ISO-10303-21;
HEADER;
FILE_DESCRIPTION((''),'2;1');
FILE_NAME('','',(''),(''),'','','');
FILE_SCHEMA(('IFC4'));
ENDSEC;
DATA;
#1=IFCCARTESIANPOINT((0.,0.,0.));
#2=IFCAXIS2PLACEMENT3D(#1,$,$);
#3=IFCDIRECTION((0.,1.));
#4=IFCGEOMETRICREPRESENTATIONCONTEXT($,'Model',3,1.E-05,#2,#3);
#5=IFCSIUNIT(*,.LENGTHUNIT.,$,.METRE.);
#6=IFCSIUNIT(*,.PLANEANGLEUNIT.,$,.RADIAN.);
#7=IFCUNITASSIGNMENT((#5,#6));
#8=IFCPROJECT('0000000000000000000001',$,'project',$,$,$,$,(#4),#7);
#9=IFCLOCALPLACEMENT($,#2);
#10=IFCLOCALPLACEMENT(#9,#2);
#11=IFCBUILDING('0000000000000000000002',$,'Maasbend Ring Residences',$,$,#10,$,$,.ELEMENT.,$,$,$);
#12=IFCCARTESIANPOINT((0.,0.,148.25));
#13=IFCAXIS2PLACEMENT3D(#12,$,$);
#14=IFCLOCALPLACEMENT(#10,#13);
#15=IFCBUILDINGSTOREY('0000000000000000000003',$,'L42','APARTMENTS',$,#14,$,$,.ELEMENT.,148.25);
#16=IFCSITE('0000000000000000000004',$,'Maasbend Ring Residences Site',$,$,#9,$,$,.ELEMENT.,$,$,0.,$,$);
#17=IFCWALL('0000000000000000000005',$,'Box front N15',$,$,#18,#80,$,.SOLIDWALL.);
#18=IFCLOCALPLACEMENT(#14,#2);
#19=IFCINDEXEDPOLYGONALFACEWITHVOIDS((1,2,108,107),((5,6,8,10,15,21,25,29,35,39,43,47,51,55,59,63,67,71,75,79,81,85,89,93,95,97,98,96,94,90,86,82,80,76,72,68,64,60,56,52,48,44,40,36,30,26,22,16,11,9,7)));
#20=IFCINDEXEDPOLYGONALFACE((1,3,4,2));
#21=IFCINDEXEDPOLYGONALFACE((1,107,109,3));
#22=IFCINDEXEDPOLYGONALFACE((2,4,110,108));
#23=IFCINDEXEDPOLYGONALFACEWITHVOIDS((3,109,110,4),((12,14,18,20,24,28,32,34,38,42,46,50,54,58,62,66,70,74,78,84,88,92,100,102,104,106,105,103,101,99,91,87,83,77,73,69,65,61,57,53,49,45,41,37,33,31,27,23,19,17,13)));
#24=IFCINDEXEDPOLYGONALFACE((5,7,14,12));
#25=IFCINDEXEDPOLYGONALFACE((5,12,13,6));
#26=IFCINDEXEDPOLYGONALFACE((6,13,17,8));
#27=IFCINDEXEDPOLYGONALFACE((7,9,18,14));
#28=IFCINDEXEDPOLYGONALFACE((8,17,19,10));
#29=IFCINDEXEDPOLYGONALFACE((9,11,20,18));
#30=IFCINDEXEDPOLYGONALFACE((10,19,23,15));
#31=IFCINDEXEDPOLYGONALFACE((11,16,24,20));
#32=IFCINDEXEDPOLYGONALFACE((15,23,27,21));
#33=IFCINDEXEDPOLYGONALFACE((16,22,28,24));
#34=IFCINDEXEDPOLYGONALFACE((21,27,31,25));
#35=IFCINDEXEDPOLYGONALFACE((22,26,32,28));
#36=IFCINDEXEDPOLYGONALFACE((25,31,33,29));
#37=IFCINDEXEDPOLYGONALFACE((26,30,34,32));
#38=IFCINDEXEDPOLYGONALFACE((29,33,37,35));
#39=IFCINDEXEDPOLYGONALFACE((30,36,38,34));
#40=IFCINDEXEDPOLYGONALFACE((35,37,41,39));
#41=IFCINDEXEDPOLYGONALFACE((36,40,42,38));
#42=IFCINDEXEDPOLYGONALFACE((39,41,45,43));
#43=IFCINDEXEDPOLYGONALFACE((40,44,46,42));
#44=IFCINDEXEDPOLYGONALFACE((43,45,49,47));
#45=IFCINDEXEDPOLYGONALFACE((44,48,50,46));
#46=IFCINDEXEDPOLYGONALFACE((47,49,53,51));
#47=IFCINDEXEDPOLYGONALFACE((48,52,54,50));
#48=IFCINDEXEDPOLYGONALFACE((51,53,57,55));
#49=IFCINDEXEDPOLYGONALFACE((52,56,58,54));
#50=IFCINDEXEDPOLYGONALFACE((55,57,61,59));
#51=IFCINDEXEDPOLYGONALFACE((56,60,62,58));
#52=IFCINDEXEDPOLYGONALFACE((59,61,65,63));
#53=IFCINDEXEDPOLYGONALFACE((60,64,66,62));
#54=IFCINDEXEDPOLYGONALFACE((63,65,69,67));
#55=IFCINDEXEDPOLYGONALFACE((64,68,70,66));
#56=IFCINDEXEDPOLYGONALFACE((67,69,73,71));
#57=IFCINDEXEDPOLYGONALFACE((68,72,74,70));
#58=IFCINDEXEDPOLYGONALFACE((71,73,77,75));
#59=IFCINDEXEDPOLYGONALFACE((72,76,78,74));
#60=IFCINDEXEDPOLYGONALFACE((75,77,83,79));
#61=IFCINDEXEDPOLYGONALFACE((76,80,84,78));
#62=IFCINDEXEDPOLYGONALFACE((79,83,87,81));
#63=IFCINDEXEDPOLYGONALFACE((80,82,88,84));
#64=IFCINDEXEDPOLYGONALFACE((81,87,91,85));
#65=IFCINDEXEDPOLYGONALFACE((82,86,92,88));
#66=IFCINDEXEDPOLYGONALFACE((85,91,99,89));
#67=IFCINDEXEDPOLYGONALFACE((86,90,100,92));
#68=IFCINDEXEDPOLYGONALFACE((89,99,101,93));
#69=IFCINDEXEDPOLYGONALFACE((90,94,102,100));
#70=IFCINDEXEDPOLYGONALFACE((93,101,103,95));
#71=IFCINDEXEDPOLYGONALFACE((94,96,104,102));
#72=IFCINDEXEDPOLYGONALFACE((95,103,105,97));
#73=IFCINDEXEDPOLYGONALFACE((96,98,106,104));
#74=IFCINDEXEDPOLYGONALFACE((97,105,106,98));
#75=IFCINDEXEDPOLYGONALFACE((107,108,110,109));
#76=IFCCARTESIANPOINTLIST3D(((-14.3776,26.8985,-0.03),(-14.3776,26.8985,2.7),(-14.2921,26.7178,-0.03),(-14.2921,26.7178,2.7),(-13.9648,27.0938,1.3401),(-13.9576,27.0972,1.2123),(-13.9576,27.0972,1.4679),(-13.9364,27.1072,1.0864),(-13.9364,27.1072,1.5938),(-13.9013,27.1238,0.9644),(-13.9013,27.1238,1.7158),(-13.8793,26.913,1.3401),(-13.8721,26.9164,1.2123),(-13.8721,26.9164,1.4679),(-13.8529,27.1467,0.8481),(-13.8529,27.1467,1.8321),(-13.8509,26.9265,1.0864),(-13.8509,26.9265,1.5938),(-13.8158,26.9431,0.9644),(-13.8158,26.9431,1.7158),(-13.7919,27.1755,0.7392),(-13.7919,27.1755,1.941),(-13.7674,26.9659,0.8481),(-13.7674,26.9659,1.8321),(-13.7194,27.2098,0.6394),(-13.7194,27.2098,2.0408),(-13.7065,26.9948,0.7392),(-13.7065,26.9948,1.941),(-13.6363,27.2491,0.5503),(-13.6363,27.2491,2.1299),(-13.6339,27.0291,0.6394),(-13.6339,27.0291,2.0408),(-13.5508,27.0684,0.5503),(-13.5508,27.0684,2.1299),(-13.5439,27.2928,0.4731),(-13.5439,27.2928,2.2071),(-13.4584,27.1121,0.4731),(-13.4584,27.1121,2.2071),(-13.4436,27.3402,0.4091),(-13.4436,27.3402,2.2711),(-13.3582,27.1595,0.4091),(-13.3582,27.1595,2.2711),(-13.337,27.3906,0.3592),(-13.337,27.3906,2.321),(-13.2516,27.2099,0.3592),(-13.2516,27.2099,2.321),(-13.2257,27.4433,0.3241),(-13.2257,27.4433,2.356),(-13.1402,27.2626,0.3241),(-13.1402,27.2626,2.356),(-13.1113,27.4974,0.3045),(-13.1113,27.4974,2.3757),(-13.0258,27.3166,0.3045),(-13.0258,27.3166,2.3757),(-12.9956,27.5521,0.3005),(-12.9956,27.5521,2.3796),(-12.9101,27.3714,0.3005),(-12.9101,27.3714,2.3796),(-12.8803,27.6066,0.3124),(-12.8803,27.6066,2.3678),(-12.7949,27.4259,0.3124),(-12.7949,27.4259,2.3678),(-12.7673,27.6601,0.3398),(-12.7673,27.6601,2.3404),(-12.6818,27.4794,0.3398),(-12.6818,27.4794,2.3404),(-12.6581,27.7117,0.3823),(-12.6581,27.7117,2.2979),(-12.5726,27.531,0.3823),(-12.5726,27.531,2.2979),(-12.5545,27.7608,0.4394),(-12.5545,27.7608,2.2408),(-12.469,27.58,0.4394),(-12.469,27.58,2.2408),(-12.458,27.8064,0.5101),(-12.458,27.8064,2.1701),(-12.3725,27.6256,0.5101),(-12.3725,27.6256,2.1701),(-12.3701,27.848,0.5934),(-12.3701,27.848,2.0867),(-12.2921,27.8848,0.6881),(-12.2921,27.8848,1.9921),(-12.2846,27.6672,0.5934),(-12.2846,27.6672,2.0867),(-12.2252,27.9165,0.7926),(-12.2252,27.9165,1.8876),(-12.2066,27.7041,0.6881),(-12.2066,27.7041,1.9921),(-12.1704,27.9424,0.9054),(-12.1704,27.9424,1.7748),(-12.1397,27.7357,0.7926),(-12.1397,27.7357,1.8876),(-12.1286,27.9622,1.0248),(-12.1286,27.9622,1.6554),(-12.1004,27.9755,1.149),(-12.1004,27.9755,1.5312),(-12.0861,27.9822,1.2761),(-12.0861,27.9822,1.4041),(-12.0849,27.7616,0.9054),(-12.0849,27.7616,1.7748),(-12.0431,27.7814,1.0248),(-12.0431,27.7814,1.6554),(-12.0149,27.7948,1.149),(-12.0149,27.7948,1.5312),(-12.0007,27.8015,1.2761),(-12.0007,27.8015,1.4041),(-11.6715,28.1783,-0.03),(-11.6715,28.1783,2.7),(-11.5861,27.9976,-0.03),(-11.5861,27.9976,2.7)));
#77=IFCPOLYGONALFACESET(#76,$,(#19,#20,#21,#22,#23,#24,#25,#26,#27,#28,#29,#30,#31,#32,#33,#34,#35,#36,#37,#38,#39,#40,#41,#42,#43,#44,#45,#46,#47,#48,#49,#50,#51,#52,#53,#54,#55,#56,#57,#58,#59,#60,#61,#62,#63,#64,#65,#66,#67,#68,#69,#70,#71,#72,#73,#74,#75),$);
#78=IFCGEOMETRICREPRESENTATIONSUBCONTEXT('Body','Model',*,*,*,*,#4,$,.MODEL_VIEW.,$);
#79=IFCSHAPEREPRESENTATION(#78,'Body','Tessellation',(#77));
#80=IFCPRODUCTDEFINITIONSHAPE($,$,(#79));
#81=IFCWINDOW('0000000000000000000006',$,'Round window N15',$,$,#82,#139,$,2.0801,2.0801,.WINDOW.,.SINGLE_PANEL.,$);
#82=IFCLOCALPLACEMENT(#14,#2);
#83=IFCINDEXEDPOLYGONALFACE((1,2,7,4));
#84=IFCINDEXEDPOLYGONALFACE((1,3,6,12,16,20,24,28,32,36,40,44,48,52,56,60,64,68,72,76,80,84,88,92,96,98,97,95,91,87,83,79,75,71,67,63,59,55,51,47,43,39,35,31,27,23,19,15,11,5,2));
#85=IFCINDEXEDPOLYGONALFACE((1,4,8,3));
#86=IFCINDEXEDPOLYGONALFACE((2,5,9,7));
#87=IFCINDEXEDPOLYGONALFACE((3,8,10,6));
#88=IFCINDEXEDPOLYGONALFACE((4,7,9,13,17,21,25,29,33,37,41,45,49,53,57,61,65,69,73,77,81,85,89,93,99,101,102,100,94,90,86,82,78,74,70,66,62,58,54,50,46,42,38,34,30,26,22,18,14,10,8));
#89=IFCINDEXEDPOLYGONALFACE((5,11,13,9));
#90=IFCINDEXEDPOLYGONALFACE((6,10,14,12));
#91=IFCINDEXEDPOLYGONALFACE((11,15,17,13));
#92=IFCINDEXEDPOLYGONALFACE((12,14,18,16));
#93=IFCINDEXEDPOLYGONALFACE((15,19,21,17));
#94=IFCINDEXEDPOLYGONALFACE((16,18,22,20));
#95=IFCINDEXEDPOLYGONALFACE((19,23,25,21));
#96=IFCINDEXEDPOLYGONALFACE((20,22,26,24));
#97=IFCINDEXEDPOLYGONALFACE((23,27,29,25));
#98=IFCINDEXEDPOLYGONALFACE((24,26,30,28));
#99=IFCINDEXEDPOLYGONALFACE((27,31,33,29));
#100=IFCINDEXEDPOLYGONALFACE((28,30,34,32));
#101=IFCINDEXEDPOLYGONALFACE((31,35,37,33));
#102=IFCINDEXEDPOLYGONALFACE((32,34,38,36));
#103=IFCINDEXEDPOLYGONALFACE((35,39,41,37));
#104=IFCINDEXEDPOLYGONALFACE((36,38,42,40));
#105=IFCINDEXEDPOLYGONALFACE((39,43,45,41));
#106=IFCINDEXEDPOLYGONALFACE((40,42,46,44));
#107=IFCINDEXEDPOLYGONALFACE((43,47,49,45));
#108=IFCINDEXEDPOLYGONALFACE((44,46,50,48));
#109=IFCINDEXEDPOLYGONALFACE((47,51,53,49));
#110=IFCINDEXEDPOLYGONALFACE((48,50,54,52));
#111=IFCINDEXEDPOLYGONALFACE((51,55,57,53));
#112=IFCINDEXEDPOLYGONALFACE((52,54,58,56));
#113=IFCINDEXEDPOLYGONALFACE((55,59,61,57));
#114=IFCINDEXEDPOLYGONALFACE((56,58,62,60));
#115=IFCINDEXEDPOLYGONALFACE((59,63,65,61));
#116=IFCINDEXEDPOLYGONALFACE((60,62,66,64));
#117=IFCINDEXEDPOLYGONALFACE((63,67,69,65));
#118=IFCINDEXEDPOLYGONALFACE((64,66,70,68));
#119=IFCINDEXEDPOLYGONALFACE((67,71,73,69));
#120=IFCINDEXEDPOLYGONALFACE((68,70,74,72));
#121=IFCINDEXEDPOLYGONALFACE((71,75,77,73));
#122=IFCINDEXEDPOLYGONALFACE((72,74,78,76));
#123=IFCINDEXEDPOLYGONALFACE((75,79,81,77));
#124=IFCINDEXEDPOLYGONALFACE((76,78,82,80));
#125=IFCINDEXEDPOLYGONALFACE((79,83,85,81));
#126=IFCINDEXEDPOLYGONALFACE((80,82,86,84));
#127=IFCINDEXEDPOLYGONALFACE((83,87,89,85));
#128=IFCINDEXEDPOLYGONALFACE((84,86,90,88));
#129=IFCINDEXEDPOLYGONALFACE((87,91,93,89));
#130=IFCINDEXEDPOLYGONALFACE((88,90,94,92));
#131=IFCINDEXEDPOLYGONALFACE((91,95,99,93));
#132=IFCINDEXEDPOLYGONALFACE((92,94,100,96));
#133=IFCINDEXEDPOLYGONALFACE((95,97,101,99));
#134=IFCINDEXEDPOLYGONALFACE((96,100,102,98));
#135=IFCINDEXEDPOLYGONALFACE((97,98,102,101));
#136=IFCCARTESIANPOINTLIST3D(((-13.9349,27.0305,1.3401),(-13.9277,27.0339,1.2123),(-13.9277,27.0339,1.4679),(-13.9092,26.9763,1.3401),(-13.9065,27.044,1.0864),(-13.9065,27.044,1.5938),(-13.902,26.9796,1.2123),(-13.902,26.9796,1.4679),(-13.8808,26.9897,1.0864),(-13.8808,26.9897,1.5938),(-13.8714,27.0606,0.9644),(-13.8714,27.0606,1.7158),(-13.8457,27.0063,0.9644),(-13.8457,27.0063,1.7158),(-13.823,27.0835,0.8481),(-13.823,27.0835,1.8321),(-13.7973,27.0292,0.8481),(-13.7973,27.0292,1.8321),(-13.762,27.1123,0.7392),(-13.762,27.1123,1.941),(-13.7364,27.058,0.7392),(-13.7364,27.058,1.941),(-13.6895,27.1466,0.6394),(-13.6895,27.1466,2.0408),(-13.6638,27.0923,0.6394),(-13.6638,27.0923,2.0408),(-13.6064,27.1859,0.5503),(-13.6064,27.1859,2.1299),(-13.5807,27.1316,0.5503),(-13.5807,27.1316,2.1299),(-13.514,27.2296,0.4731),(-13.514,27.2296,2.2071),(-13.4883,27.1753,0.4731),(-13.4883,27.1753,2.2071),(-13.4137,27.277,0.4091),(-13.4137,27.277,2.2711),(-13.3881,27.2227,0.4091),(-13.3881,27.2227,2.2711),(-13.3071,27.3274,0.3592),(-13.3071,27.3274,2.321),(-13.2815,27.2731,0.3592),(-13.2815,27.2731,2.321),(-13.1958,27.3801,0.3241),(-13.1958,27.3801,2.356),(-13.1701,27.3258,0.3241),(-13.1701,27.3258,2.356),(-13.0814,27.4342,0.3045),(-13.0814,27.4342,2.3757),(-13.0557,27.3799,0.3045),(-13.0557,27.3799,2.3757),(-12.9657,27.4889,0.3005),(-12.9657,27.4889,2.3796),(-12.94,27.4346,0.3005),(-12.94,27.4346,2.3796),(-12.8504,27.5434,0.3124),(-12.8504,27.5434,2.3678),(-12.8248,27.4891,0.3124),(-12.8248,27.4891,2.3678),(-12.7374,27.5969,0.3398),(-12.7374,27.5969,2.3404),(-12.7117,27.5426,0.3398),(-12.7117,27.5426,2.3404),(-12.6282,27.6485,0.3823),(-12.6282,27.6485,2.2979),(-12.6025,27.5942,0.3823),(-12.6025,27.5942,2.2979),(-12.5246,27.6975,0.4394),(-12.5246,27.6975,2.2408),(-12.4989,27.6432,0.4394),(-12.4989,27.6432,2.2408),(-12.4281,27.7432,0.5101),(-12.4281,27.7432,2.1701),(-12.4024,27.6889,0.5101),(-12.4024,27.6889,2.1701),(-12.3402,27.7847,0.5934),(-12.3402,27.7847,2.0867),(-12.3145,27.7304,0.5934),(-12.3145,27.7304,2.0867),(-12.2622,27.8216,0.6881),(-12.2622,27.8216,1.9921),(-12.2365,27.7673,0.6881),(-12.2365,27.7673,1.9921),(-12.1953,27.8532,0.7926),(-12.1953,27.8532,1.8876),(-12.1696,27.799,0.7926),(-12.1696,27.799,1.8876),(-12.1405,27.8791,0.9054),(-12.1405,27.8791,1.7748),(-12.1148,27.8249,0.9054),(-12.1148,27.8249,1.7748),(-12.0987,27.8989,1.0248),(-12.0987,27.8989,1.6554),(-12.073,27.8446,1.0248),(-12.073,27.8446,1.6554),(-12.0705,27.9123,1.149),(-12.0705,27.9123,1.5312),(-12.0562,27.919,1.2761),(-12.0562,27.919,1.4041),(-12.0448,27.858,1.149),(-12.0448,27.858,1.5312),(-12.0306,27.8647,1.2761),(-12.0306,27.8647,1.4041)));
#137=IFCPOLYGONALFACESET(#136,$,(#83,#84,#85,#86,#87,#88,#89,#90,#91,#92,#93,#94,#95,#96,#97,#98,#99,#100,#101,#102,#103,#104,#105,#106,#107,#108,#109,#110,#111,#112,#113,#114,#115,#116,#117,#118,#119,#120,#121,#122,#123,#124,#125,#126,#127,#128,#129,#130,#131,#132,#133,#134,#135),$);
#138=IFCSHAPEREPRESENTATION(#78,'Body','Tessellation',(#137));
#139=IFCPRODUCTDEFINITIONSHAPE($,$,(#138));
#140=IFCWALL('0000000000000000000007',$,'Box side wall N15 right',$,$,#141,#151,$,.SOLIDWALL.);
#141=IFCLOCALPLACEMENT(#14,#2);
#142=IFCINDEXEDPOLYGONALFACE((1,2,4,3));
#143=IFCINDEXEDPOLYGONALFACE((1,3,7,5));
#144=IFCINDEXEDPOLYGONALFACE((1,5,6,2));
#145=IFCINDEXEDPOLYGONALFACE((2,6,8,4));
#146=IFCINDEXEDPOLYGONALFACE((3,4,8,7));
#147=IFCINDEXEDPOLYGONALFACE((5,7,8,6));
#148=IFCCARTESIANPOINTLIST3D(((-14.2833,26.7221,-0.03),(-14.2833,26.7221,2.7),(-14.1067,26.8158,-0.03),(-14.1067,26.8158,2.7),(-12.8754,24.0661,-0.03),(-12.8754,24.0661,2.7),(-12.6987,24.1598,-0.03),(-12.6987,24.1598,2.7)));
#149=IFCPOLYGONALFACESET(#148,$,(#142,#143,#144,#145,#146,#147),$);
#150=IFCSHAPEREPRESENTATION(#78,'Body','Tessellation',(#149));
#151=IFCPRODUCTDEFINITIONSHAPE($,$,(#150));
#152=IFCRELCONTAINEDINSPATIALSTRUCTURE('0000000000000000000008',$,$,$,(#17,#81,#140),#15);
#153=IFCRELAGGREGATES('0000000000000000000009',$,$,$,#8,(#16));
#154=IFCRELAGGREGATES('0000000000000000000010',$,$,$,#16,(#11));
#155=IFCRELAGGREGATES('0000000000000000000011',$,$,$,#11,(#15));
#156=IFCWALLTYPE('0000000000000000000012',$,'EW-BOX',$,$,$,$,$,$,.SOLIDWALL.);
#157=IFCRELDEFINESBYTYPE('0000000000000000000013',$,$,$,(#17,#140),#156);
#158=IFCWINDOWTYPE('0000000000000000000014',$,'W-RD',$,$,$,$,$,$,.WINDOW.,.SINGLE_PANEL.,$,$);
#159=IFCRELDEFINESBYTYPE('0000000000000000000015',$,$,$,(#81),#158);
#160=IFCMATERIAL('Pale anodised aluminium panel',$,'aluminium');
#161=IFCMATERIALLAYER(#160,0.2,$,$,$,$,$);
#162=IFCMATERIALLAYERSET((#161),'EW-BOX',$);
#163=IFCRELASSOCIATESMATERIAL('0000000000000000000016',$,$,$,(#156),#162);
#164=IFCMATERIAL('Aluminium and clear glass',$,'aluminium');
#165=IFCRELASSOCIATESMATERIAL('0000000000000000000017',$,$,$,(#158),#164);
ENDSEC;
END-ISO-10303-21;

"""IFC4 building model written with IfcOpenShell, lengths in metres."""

from ifc_helpers import new_model, si_unit, direction, frame, frame_2d, origin, place, context, subcontext, project, spatial, rectangle, circle, extrude, material, layer, layer_set, type_object, element, fill, save


model = new_model("IFC4")

# Units and contexts
model_context = context("Model", 3, precision=1e-05, world=origin(), true_north=direction((0.0, 1.0)))
body_context = subcontext(model_context, "Body", "Model", "MODEL_VIEW")
ifc_project = project(units=[si_unit("LENGTHUNIT", "METRE"), si_unit("PLANEANGLEUNIT", "RADIAN")], contexts=[model_context])

# Site, building, storey
site_placement = place(None, origin())
site = spatial("IfcSite", under=ifc_project, at=site_placement, Name="Maasbend Ring Residences Site", CompositionType="ELEMENT", RefElevation=0.0)
building_placement = place(site_placement, origin())
building = spatial("IfcBuilding", under=site, at=building_placement, Name="Maasbend Ring Residences", CompositionType="ELEMENT")
storey_placement = place(building_placement, frame((0.0, 0.0, 148.25)))
storey = spatial("IfcBuildingStorey", under=building, at=storey_placement, Name="L42", Description="APARTMENTS", CompositionType="ELEMENT", Elevation=148.25)

# Wall, opening, window
ifc_material_1 = material(Name="Pale anodised aluminium panel", Category="aluminium")
ifc_layer_1 = layer(ifc_material_1, 0.2)
ifc_layer_set_1 = layer_set([ifc_layer_1], Name="EW-BOX")
wall_type_1 = type_object("IfcWallType", Name="EW-BOX", PredefinedType="SOLIDWALL", material=ifc_layer_set_1)
wall_1_placement = place(storey_placement, frame((-11.6289, 28.0879, -0.03), z_axis=(0.0, 0.0, 1.0), x_axis=(-0.904, -0.427532, 0.0)))
wall_1 = element("IfcWall", 1, at=wall_1_placement, inside=storey, type_object=wall_type_1, Name="Box front N15", PredefinedType="SOLIDWALL", context=body_context, shape_type="SweptSolid", body=[
    extrude(rectangle(XDim=2.9934, YDim=0.2, at=frame_2d((1.4966, 0.0))), origin(), (0.0, 0.0, 1.0), 2.73),
])
opening_1_placement = place(wall_1_placement, frame((0.4565, 0.0, 0.3301)))
opening_1 = element("IfcOpeningElement", 2, at=opening_1_placement, cuts=wall_1, PredefinedType="OPENING", context=body_context, shape_type="SweptSolid", body=[
    extrude(circle(Radius=1.04, at=frame_2d((1.04, 1.04))), frame((0.0, 0.1099, 0.0), z_axis=(0.0, -1.0, 0.0), x_axis=(1.0, 0.0, 0.0)), (0.0, 0.0, 1.0), 0.22),
])
ifc_material_2 = material(Name="Aluminium and clear glass", Category="aluminium")
window_type_1 = type_object("IfcWindowType", Name="W-RD", PartitioningType="SINGLE_PANEL", PredefinedType="WINDOW", material=ifc_material_2)
window_1_placement = place(opening_1_placement, origin())
window_1 = element("IfcWindow", 3, at=window_1_placement, inside=storey, type_object=window_type_1, Name="Round window N15", OverallHeight=2.0801, OverallWidth=2.0801, PartitioningType="SINGLE_PANEL", PredefinedType="WINDOW", context=body_context, shape_type="SweptSolid", body=[
    extrude(circle(Radius=1.04, at=frame_2d((1.04, 1.04))), frame((0.0, 0.03, 0.0), z_axis=(0.0, -1.0, 0.0), x_axis=(1.0, 0.0, 0.0)), (0.0, 0.0, 1.0), 0.0601),
])
fill(opening_1, window_1)

# Wall
wall_2_placement = place(storey_placement, frame((-12.7871, 24.113, -0.03), z_axis=(0.0, 0.0, 1.0), x_axis=(-0.468365, 0.883535, 0.0)))
element("IfcWall", 4, at=wall_2_placement, inside=storey, type_object=wall_type_1, Name="Box side wall N15 right", PredefinedType="SOLIDWALL", context=body_context, shape_type="SweptSolid", body=[
    extrude(rectangle(XDim=3.0061, YDim=0.2, at=frame_2d((1.5029, 0.0))), origin(), (0.0, 0.0, 1.0), 2.73),
])

save(model, "model.ifc")
